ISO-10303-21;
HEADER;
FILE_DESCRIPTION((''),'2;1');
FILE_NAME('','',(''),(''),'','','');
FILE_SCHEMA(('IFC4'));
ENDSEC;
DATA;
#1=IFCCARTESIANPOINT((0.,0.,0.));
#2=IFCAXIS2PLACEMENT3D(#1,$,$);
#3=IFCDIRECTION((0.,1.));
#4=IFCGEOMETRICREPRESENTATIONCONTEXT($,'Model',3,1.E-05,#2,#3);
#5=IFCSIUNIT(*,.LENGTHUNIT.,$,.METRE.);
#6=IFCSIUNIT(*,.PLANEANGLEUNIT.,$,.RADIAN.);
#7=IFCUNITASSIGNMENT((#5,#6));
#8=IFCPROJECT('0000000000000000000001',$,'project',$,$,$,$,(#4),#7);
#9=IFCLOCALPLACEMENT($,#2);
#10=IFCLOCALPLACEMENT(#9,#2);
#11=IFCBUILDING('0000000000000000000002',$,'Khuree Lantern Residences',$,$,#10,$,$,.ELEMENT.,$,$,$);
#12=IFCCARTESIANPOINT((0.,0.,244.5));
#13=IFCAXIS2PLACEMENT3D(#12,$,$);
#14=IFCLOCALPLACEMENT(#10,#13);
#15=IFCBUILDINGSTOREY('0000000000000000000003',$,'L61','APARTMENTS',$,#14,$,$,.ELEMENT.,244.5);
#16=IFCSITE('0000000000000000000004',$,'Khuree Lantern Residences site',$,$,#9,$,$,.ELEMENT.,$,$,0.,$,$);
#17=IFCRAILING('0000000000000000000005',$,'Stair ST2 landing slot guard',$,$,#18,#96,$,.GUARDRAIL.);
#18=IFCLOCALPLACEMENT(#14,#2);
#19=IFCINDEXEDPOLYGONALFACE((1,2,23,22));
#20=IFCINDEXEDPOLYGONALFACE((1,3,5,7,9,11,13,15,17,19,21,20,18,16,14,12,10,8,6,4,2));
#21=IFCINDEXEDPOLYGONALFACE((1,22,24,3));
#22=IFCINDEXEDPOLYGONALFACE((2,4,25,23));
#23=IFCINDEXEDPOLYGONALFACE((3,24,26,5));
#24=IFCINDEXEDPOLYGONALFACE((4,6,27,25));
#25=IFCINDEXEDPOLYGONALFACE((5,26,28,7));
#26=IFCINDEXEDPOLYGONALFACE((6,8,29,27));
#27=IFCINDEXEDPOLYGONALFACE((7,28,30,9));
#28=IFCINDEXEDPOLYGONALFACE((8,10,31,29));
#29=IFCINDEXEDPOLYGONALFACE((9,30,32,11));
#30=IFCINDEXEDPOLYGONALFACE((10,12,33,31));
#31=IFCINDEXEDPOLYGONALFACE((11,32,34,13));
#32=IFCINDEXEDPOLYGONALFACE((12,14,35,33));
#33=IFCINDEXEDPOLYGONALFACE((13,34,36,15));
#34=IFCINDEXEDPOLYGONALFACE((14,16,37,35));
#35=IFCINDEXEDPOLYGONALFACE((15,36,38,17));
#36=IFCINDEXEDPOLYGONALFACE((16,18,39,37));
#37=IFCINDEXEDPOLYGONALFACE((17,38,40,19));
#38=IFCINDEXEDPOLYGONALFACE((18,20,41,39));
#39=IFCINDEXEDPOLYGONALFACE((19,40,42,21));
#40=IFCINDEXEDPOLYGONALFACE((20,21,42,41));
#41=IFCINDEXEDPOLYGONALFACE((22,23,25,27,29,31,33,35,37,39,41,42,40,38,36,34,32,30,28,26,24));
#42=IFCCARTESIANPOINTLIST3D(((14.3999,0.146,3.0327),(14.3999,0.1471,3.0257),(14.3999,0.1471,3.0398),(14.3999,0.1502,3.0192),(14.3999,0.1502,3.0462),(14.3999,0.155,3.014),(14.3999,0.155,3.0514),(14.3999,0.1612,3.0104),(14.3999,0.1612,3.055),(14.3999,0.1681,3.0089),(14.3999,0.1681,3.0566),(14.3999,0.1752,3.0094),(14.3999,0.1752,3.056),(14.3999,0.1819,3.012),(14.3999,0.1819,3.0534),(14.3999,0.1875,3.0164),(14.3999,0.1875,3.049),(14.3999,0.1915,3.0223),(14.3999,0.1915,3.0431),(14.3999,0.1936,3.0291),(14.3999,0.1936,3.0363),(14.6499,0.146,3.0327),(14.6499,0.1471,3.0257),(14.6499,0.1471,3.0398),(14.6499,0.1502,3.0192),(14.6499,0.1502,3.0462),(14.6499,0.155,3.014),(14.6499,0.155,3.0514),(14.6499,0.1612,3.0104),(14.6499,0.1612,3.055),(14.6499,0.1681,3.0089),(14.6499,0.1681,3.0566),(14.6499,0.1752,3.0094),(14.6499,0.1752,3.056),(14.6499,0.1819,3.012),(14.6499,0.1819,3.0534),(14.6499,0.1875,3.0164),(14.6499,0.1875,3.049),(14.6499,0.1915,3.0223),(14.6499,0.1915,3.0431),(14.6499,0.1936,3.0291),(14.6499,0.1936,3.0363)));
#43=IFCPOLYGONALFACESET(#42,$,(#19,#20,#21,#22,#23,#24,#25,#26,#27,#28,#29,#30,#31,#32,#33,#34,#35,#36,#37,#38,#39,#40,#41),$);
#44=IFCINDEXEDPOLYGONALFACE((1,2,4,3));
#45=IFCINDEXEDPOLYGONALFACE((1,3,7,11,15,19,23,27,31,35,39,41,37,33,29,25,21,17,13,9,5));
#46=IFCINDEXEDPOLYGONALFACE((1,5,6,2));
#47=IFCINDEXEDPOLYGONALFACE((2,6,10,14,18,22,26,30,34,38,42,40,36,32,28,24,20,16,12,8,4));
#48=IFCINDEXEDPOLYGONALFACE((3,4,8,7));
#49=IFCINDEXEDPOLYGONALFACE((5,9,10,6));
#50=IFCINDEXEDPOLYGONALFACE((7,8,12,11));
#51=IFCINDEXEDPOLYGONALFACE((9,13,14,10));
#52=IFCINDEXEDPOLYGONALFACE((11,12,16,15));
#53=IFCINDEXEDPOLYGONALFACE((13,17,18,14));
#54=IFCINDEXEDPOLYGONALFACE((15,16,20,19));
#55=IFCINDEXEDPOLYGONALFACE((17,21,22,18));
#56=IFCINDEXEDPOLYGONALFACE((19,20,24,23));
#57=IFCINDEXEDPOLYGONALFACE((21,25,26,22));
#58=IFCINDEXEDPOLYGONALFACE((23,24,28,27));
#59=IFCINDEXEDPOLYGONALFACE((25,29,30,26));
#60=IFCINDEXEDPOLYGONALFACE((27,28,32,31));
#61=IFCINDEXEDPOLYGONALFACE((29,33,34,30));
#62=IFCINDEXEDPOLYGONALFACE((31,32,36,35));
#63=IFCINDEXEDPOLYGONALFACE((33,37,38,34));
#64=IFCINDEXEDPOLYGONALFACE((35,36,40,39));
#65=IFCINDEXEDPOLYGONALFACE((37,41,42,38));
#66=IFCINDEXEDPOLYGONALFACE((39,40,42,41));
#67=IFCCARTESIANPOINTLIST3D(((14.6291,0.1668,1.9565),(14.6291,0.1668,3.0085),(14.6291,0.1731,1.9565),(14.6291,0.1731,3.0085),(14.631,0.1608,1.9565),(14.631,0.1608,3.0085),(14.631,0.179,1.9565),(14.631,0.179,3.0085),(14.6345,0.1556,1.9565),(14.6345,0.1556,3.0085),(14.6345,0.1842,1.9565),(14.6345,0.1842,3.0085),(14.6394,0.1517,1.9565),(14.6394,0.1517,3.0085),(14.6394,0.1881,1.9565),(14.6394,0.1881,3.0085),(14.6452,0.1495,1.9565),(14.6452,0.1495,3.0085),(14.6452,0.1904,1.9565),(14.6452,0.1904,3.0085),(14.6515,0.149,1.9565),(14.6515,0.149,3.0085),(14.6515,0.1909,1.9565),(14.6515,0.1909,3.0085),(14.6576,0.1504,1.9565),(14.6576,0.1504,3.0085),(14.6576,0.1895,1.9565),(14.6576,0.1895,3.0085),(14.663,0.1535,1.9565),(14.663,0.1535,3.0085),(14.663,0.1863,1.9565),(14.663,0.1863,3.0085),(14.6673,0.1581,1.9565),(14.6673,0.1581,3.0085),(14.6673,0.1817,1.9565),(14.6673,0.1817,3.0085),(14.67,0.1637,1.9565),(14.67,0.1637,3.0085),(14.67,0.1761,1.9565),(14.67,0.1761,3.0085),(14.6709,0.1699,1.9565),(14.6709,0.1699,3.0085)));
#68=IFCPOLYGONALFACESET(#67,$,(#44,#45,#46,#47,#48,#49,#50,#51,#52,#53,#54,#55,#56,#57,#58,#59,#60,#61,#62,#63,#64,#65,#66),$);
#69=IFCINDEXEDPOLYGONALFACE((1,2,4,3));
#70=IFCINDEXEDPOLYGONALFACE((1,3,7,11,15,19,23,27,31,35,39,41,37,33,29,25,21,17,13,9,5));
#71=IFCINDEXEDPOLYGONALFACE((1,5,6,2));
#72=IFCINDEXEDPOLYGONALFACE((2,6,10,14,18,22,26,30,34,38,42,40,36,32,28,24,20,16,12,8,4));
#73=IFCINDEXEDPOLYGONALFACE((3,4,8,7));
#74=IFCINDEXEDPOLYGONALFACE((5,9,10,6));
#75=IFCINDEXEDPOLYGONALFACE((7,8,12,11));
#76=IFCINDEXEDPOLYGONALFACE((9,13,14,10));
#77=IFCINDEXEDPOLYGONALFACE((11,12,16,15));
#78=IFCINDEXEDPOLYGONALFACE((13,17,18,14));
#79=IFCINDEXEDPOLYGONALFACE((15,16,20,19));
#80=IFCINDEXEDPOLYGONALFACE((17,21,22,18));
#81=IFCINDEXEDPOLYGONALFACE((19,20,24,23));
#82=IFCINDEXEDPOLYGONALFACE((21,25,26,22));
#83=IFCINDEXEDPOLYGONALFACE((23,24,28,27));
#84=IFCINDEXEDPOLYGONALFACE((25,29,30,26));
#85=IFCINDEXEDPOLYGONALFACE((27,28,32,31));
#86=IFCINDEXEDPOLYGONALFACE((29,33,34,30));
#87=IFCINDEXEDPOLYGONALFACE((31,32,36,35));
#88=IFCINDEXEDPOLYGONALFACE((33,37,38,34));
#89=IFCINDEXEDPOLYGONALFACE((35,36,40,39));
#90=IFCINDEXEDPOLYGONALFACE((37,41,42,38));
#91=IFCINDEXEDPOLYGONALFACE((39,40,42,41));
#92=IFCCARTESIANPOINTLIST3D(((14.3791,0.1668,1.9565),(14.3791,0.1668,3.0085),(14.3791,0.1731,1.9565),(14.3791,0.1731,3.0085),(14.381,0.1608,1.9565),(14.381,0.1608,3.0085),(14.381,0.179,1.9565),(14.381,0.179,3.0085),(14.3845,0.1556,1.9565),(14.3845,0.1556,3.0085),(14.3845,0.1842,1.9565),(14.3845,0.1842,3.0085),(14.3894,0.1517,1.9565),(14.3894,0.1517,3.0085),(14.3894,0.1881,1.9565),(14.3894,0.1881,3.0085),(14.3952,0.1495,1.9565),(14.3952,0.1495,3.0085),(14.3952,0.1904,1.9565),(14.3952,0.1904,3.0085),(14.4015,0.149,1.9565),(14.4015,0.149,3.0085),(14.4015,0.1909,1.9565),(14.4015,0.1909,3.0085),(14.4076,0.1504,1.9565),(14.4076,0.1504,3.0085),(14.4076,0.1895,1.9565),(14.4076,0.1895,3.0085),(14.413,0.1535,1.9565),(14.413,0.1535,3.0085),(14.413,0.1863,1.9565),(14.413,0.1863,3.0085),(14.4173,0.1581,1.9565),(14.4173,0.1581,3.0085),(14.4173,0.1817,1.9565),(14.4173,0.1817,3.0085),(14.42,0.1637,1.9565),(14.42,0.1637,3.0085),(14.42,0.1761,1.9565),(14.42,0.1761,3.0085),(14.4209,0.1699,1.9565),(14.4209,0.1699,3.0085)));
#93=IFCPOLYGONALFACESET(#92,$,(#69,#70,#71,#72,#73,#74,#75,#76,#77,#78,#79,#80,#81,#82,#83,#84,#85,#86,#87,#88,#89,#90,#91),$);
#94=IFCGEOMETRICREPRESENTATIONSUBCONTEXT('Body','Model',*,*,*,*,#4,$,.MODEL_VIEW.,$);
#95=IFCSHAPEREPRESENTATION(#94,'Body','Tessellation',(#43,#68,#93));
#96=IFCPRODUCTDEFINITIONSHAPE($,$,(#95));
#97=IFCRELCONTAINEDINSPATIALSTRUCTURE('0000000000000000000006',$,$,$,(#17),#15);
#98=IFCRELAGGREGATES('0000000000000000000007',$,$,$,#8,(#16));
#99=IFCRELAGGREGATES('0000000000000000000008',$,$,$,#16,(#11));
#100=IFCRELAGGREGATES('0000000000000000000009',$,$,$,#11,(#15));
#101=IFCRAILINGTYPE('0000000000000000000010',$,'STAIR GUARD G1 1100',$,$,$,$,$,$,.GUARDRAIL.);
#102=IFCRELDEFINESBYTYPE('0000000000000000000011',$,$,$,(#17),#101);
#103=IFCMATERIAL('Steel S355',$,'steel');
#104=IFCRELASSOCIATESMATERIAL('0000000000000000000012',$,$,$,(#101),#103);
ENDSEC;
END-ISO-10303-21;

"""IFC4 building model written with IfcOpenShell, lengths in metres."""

from ifc_helpers import new_model, si_unit, direction, frame, origin, origin_2d, place, context, subcontext, project, spatial, circle, extrude, material, type_object, element, save


model = new_model("IFC4")

# Units and contexts
model_context = context("Model", 3, precision=1e-05, world=origin(), true_north=direction((0.0, 1.0)))
body_context = subcontext(model_context, "Body", "Model", "MODEL_VIEW")
ifc_project = project(units=[si_unit("LENGTHUNIT", "METRE"), si_unit("PLANEANGLEUNIT", "RADIAN")], contexts=[model_context])

# Site, building, storey
site_placement = place(None, origin())
site = spatial("IfcSite", under=ifc_project, at=site_placement, Name="Khuree Lantern Residences site", CompositionType="ELEMENT", RefElevation=0.0)
building_placement = place(site_placement, origin())
building = spatial("IfcBuilding", under=site, at=building_placement, Name="Khuree Lantern Residences", CompositionType="ELEMENT")
storey_placement = place(building_placement, frame((0.0, 0.0, 244.5)))
storey = spatial("IfcBuildingStorey", under=building, at=storey_placement, Name="L61", Description="APARTMENTS", CompositionType="ELEMENT", Elevation=244.5)

# Railing
ifc_material_1 = material(Name="Steel S355", Category="steel")
railing_type = type_object("IfcRailingType", Name="STAIR GUARD G1 1100", PredefinedType="GUARDRAIL", material=ifc_material_1)
railing_placement = place(storey_placement, frame((14.6499, 0.1699, 1.9565)))
element("IfcRailing", 1, at=railing_placement, inside=storey, type_object=railing_type, Name="Stair ST2 landing slot guard", PredefinedType="GUARDRAIL", context=body_context, shape_type="SweptSolid", body=[
    extrude(circle(Radius=0.0239, at=origin_2d()), frame((0.0, 0.0, 1.0762), z_axis=(-1.0, 0.0, 0.0), x_axis=(0.0, -1.0, 0.0)), (0.0, 0.0, 1.0), 0.25),
    extrude(circle(Radius=0.021, at=origin_2d()), origin(), (0.0, 0.0, 1.0), 1.052),
    extrude(circle(Radius=0.021, at=origin_2d()), frame((-0.25, 0.0, 0.0)), (0.0, 0.0, 1.0), 1.052),
])

save(model, "model.ifc")
